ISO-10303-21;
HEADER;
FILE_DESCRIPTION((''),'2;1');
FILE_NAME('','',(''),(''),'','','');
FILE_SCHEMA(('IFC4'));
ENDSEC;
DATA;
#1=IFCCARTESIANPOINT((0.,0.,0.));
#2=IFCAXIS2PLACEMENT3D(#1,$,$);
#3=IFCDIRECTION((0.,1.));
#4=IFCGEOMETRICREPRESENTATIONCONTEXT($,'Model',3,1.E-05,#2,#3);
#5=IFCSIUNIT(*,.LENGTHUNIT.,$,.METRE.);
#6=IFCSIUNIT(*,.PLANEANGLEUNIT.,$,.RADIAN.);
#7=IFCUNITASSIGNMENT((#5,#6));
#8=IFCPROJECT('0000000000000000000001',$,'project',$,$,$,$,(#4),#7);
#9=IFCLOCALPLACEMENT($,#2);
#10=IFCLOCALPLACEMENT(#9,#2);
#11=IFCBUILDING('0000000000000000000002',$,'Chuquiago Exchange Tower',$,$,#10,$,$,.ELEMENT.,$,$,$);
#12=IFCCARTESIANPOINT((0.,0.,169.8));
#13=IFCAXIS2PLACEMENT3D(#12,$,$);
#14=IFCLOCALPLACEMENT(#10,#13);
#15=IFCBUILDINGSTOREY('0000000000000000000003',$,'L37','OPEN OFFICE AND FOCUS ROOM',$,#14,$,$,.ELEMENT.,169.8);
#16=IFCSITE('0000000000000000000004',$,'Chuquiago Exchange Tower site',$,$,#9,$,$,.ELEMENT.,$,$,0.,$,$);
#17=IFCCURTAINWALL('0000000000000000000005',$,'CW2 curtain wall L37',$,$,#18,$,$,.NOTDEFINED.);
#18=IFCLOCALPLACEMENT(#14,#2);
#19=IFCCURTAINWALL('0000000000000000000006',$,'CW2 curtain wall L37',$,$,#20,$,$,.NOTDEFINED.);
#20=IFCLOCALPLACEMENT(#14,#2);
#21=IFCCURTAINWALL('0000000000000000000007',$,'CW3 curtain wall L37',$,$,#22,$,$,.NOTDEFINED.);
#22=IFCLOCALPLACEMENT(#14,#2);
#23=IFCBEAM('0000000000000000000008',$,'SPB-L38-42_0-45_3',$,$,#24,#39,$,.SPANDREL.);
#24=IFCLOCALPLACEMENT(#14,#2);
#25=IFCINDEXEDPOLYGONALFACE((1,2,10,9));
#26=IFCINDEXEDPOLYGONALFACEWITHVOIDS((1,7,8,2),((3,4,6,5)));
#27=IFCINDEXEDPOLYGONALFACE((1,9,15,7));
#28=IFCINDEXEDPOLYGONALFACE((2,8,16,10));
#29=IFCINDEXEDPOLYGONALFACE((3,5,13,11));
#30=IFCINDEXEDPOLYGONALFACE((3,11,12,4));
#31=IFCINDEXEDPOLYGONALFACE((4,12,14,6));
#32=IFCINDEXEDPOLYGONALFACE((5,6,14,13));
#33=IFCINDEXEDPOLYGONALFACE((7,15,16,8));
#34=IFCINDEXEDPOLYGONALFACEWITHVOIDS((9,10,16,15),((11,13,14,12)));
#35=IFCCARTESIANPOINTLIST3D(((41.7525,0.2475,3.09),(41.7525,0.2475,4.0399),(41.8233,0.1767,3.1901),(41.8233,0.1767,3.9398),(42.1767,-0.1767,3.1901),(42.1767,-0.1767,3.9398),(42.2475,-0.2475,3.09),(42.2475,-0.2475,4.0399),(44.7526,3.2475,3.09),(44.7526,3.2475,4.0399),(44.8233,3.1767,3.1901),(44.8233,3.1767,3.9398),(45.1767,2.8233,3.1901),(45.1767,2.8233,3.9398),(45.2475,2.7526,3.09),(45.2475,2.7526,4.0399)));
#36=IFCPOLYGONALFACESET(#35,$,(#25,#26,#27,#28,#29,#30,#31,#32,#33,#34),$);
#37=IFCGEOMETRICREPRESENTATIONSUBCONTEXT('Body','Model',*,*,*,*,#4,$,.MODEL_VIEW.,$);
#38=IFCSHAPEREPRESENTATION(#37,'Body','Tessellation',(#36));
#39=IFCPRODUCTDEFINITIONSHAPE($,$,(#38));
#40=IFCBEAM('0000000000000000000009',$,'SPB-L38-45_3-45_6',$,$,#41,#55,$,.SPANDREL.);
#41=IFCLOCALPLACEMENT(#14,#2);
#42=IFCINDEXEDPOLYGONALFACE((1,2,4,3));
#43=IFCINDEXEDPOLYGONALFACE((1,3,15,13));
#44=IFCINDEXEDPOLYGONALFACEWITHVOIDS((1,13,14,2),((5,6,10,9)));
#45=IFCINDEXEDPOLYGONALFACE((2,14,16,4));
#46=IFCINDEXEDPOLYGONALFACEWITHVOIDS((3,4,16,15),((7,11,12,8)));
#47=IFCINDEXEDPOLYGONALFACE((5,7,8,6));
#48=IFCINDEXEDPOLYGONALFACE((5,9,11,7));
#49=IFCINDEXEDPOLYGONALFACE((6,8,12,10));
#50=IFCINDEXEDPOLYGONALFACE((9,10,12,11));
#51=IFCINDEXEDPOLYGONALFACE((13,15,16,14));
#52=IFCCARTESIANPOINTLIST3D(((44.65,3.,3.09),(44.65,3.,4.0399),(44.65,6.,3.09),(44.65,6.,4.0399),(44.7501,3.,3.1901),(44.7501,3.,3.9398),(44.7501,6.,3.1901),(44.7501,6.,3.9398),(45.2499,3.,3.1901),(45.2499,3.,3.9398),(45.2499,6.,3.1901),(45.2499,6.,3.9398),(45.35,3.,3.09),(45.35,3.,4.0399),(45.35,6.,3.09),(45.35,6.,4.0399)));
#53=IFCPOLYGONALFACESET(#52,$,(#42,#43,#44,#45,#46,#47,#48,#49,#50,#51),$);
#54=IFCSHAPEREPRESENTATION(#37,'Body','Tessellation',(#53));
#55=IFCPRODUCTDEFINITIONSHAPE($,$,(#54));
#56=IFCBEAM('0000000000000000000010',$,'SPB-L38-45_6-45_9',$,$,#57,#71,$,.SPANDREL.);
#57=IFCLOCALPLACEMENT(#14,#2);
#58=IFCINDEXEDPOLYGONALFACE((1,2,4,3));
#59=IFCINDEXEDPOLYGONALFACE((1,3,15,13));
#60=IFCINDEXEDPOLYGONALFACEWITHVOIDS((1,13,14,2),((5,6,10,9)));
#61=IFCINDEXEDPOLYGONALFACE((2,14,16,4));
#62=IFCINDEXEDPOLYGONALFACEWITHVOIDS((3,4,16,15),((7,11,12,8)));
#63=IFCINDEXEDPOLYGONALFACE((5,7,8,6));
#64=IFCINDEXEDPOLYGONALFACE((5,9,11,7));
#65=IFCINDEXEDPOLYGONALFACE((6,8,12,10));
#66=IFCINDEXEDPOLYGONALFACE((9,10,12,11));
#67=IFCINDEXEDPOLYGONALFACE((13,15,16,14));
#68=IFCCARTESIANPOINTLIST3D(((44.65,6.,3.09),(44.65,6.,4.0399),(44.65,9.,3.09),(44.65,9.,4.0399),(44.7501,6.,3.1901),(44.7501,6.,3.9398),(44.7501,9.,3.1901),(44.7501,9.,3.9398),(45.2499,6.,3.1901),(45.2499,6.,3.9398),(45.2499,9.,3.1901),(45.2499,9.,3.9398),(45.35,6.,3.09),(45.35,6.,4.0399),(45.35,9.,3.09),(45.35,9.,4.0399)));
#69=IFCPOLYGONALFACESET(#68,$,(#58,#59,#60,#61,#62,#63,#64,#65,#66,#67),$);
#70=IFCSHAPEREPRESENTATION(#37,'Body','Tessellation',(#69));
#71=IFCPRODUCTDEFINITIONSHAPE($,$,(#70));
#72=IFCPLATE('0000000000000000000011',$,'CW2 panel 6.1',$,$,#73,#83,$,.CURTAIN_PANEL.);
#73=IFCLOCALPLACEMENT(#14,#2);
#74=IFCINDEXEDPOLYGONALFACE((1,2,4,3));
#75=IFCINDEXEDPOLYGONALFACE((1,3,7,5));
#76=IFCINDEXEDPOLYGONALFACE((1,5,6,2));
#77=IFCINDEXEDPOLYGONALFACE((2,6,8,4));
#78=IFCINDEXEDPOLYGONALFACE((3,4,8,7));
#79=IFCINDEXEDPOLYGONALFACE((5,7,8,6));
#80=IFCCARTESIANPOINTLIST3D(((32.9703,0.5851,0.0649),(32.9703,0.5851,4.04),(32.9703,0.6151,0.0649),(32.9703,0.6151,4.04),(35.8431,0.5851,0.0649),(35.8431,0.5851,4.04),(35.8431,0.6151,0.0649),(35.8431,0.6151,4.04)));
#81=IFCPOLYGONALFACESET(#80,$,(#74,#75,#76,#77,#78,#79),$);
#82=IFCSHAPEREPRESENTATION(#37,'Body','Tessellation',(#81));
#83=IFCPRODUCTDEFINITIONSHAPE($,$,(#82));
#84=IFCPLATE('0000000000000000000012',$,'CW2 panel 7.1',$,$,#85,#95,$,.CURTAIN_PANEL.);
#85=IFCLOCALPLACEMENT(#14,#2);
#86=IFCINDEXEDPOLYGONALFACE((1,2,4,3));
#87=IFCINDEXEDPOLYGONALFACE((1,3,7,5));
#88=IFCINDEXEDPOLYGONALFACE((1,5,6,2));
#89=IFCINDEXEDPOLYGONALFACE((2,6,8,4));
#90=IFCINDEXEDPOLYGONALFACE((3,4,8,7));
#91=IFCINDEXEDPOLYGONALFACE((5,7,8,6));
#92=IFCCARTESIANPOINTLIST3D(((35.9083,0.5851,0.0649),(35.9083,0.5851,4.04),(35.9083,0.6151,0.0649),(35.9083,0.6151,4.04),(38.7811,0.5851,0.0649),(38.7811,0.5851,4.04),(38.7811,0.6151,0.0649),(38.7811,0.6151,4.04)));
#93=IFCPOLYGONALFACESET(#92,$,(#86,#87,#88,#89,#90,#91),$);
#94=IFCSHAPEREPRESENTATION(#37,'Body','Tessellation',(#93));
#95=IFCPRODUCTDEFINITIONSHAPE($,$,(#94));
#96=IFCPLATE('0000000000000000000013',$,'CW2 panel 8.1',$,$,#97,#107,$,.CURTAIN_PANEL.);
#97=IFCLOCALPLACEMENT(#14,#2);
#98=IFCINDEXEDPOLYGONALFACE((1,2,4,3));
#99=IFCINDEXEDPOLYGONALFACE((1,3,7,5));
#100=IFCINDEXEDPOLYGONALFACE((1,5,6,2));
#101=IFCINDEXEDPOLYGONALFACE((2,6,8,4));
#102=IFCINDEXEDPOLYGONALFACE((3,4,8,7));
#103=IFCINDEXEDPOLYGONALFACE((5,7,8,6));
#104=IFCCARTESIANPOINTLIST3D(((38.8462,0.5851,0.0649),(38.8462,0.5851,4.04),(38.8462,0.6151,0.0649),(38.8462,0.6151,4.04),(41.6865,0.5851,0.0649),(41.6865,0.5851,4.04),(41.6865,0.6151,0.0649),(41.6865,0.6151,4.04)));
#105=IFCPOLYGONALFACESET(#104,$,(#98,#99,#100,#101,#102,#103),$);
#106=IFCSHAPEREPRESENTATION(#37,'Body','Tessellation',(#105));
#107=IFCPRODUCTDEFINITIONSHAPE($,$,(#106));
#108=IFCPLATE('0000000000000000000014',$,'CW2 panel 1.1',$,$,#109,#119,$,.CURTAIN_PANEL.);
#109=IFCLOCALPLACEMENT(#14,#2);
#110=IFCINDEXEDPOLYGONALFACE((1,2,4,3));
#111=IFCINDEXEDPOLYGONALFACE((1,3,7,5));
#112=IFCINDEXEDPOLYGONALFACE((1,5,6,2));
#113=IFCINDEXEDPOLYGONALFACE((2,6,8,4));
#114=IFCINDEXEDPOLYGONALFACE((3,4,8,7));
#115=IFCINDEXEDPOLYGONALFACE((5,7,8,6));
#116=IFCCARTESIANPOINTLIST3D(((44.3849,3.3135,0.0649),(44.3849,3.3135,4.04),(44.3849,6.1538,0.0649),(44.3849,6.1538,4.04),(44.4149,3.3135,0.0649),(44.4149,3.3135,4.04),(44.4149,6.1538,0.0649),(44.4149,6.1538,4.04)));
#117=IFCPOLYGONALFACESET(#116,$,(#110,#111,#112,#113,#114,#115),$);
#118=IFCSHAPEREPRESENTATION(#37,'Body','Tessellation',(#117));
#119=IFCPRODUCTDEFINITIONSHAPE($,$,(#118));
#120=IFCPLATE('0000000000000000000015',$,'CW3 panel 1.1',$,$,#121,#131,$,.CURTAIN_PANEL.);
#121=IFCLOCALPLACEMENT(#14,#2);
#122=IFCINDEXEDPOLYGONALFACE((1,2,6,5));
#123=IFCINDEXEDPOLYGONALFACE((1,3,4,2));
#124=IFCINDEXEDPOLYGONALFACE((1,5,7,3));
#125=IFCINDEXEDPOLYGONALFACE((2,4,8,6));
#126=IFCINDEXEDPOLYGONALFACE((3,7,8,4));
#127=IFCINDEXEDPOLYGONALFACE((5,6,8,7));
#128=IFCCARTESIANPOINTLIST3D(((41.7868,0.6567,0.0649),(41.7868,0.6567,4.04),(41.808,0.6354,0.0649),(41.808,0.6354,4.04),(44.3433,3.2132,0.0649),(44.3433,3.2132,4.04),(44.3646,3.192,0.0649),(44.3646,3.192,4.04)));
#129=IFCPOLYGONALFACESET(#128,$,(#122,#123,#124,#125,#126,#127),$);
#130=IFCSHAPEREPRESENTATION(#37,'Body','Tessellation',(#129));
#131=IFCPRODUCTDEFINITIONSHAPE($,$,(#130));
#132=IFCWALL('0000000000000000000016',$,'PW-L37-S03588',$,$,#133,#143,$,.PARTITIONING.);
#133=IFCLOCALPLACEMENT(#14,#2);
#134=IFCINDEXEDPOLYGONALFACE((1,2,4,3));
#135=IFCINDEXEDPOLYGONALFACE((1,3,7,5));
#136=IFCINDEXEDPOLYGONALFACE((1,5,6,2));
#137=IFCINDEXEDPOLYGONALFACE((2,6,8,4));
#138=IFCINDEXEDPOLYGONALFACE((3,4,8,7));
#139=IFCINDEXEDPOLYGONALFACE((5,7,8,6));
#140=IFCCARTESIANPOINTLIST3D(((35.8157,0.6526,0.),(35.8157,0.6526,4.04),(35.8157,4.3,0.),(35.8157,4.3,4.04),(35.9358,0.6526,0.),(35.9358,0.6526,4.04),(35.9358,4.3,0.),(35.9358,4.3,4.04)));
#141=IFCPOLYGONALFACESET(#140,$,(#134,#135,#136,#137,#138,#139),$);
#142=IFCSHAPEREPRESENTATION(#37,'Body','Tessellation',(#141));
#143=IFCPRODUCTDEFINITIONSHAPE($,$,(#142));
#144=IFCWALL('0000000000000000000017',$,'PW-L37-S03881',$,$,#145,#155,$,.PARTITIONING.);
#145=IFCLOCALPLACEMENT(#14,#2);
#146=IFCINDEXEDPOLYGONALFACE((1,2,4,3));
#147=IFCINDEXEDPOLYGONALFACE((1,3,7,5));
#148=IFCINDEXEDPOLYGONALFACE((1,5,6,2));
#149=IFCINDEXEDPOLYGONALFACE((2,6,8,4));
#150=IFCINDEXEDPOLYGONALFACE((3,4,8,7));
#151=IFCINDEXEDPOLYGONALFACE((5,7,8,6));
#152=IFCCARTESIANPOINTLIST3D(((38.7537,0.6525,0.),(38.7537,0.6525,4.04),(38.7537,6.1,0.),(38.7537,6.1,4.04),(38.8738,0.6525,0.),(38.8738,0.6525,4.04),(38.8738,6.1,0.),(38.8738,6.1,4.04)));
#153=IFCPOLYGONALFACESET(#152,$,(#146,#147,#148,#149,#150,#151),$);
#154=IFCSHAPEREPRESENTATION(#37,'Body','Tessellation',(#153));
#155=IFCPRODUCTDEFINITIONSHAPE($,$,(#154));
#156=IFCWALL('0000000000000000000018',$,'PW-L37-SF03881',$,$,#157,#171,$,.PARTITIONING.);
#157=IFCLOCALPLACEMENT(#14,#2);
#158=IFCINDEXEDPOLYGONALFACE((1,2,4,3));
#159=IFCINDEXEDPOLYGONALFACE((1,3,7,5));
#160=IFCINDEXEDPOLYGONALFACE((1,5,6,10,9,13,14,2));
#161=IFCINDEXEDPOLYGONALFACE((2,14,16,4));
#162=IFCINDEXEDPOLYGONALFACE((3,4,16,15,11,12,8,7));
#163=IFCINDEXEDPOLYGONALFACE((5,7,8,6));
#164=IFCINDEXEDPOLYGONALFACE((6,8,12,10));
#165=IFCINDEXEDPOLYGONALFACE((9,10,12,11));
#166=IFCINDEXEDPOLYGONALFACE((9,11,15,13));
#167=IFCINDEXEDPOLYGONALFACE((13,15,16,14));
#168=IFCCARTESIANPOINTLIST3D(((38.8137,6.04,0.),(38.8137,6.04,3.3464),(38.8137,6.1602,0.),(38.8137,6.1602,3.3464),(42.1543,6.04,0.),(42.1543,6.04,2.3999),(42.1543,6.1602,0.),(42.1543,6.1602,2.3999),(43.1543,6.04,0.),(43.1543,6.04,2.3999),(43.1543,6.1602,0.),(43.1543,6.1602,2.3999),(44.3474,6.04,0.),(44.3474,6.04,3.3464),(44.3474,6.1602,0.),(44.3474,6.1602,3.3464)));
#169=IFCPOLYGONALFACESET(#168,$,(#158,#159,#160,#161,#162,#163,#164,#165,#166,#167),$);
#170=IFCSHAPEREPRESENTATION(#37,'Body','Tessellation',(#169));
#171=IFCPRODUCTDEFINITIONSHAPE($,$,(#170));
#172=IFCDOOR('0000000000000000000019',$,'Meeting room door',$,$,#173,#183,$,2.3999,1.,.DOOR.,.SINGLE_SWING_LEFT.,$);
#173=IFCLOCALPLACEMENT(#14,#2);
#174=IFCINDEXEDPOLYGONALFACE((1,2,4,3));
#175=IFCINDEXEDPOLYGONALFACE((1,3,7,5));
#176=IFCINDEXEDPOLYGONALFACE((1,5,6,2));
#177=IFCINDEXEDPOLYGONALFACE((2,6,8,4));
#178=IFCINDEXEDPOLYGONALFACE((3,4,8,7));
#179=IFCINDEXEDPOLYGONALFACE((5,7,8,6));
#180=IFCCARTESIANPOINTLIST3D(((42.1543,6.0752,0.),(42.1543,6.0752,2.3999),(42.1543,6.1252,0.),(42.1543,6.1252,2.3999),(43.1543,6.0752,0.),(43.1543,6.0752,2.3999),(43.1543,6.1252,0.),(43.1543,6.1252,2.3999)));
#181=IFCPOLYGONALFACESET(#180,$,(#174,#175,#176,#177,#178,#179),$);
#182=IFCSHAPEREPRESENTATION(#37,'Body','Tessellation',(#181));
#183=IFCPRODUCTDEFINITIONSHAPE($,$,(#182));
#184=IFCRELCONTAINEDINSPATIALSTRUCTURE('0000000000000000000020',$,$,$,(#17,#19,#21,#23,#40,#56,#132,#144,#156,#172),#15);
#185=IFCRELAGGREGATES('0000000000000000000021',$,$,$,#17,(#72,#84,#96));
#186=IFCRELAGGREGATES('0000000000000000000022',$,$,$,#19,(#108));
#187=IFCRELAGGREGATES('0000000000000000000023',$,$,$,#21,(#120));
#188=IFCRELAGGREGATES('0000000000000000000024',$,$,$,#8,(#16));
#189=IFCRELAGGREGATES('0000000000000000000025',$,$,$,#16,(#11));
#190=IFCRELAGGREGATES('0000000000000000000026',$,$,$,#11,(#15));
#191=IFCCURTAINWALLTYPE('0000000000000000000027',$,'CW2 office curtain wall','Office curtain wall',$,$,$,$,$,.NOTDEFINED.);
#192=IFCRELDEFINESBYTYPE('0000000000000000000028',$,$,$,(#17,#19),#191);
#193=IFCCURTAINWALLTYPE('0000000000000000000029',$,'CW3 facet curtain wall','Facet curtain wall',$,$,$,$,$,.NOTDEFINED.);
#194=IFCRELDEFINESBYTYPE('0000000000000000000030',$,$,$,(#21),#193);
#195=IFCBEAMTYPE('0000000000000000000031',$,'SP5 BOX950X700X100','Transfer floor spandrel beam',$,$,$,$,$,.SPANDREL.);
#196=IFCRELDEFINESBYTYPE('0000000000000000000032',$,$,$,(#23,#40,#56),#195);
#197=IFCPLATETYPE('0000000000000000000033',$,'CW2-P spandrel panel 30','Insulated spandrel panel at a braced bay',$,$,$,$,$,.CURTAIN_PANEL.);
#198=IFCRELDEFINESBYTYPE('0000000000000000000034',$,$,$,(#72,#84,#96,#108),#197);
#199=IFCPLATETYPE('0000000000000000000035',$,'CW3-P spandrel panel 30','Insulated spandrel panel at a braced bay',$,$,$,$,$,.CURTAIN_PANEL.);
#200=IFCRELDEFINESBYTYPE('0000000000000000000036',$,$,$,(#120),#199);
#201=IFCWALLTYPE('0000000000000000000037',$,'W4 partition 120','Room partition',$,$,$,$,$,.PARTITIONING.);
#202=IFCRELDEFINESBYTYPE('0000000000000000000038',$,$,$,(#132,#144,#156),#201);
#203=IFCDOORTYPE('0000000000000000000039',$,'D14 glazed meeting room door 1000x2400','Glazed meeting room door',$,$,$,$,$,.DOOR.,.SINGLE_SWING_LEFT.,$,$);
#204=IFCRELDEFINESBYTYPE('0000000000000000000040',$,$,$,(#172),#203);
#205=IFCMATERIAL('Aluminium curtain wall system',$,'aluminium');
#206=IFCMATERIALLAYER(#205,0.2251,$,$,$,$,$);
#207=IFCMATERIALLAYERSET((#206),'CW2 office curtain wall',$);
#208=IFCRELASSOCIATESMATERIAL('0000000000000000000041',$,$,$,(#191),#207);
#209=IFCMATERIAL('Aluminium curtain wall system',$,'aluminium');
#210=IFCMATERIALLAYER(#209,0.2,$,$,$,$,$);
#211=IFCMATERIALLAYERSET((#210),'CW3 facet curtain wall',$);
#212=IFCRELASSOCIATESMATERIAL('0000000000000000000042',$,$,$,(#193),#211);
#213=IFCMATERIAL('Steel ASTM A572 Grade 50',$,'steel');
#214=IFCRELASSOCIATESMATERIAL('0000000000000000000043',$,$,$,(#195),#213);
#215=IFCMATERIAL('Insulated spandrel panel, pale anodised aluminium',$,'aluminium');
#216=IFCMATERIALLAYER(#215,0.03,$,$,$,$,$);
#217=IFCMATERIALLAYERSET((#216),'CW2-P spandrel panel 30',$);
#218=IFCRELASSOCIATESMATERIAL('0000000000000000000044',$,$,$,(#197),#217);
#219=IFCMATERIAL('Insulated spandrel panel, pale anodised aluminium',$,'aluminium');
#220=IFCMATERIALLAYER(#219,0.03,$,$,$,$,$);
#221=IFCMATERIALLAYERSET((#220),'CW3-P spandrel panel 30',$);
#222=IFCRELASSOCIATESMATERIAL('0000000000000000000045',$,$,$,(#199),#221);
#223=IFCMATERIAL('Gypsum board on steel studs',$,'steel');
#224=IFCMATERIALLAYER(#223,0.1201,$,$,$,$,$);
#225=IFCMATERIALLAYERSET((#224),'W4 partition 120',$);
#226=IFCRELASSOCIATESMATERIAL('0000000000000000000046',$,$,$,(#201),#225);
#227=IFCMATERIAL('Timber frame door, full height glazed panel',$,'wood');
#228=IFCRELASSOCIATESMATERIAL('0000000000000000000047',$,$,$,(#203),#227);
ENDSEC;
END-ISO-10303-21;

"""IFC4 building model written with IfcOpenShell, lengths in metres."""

from ifc_helpers import new_model, si_unit, direction, frame, frame_2d, origin, origin_2d, place, context, subcontext, project, spatial, rectangle, hollow_rectangle, extrude, material, layer, layer_set, material_profile, profile_set, type_object, element, fill, aggregate, save


model = new_model("IFC4")

# Units and contexts
model_context = context("Model", 3, precision=1e-05, world=origin(), true_north=direction((0.0, 1.0)))
body_context = subcontext(model_context, "Body", "Model", "MODEL_VIEW")
ifc_project = project(units=[si_unit("LENGTHUNIT", "METRE"), si_unit("PLANEANGLEUNIT", "RADIAN")], contexts=[model_context])

# Site, building, storey
site_placement = place(None, origin())
site = spatial("IfcSite", under=ifc_project, at=site_placement, Name="Chuquiago Exchange Tower site", CompositionType="ELEMENT", RefElevation=0.0)
building_placement = place(site_placement, origin())
building = spatial("IfcBuilding", under=site, at=building_placement, Name="Chuquiago Exchange Tower", CompositionType="ELEMENT")
storey_placement = place(building_placement, frame((0.0, 0.0, 169.8)))
storey = spatial("IfcBuildingStorey", under=building, at=storey_placement, Name="L37", Description="OPEN OFFICE AND FOCUS ROOM", CompositionType="ELEMENT", Elevation=169.8)

# Curtain walls
ifc_material_1 = material(Name="Aluminium curtain wall system", Category="aluminium")
ifc_layer_1 = layer(ifc_material_1, 0.2251)
ifc_layer_set_1 = layer_set([ifc_layer_1], Name="CW2 office curtain wall")
curtain_wall_type_1 = type_object("IfcCurtainWallType", Name="CW2 office curtain wall", Description="Office curtain wall", PredefinedType="NOTDEFINED", material=ifc_layer_set_1)
curtain_wall_1_placement = place(storey_placement, origin())
curtain_wall_1 = element("IfcCurtainWall", 1, at=curtain_wall_1_placement, inside=storey, type_object=curtain_wall_type_1, Name="CW2 curtain wall L37", PredefinedType="NOTDEFINED")
curtain_wall_2_placement = place(storey_placement, origin())
curtain_wall_2 = element("IfcCurtainWall", 2, at=curtain_wall_2_placement, inside=storey, type_object=curtain_wall_type_1, Name="CW2 curtain wall L37", PredefinedType="NOTDEFINED")

# Curtain wall
ifc_material_2 = material(Name="Aluminium curtain wall system", Category="aluminium")
ifc_layer_2 = layer(ifc_material_2, 0.2)
ifc_layer_set_2 = layer_set([ifc_layer_2], Name="CW3 facet curtain wall")
curtain_wall_type_2 = type_object("IfcCurtainWallType", Name="CW3 facet curtain wall", Description="Facet curtain wall", PredefinedType="NOTDEFINED", material=ifc_layer_set_2)
curtain_wall_3_placement = place(storey_placement, origin())
curtain_wall_3 = element("IfcCurtainWall", 3, at=curtain_wall_3_placement, inside=storey, type_object=curtain_wall_type_2, Name="CW3 curtain wall L37", PredefinedType="NOTDEFINED")

# Beams
ifc_material_3 = material(Name="Steel ASTM A572 Grade 50", Category="steel")
ifc_material_profile_1 = material_profile(ifc_material_3, hollow_rectangle(XDim=0.7, YDim=0.95, WallThickness=0.1001, at=origin_2d()), Name="BOX950X700X100")
ifc_profile_set_1 = profile_set([ifc_material_profile_1], Name="Steel ASTM A572 Grade 50")
beam_type_1 = type_object("IfcBeamType", Name="SP5 BOX950X700X100", Description="Transfer floor spandrel beam", PredefinedType="SPANDREL", material=ifc_profile_set_1)
beam_1_placement = place(storey_placement, frame((42.0, 0.0, 3.5649), z_axis=(0.707107, 0.707107, 0.0), x_axis=(-0.707107, 0.707107, 0.0)))
element("IfcBeam", 4, at=beam_1_placement, inside=storey, type_object=beam_type_1, Name="SPB-L38-42_0-45_3", PredefinedType="SPANDREL", context=body_context, shape_type="SweptSolid", body=[
    extrude(hollow_rectangle(XDim=0.7, YDim=0.95, WallThickness=0.1001, at=origin_2d()), origin(), (0.0, 0.0, 1.0), 4.2427),
])
for number, where, z_axis, x_axis, name in (
    (5, (45.0, 3.0, 3.5649), (0.0, 1.0, 0.0), (-1.0, 0.0, 0.0), "SPB-L38-45_3-45_6"),
    (6, (45.0, 6.0, 3.5649), (0.0, 1.0, 0.0), (-1.0, 0.0, 0.0), "SPB-L38-45_6-45_9"),
):
    element("IfcBeam", number, at=place(storey_placement, frame(where, z_axis=z_axis, x_axis=x_axis)), inside=storey, type_object=beam_type_1, Name=name, PredefinedType="SPANDREL", context=body_context, shape_type="SweptSolid", body=[
        extrude(hollow_rectangle(XDim=0.7, YDim=0.95, WallThickness=0.1001, at=origin_2d()), origin(), (0.0, 0.0, 1.0), 3.0),
    ])

# Plates
ifc_material_4 = material(Name="Insulated spandrel panel, pale anodised aluminium", Category="aluminium")
ifc_layer_3 = layer(ifc_material_4, 0.03)
ifc_layer_set_3 = layer_set([ifc_layer_3], Name="CW2-P spandrel panel 30")
plate_type_1 = type_object("IfcPlateType", Name="CW2-P spandrel panel 30", Description="Insulated spandrel panel at a braced bay", PredefinedType="CURTAIN_PANEL", material=ifc_layer_set_3)
plate_1_placement = place(storey_placement, frame((34.4067, 0.6001, 0.0649), z_axis=(0.0, 0.0, 1.0), x_axis=(1.0, 0.0, 0.0)))
plate_1 = element("IfcPlate", 7, at=plate_1_placement, type_object=plate_type_1, Name="CW2 panel 6.1", PredefinedType="CURTAIN_PANEL", context=body_context, shape_type="SweptSolid", body=[
    extrude(rectangle(XDim=2.8728, YDim=0.03, at=origin_2d()), origin(), (0.0, 0.0, 1.0), 3.9751),
])
plate_2_placement = place(storey_placement, frame((37.3447, 0.6001, 0.0649), z_axis=(0.0, 0.0, 1.0), x_axis=(1.0, 0.0, 0.0)))
plate_2 = element("IfcPlate", 8, at=plate_2_placement, type_object=plate_type_1, Name="CW2 panel 7.1", PredefinedType="CURTAIN_PANEL", context=body_context, shape_type="SweptSolid", body=[
    extrude(rectangle(XDim=2.8728, YDim=0.03, at=origin_2d()), origin(), (0.0, 0.0, 1.0), 3.9751),
])
plate_3_placement = place(storey_placement, frame((40.2664, 0.6001, 0.0649), z_axis=(0.0, 0.0, 1.0), x_axis=(1.0, 0.0, 0.0)))
plate_3 = element("IfcPlate", 9, at=plate_3_placement, type_object=plate_type_1, Name="CW2 panel 8.1", PredefinedType="CURTAIN_PANEL", context=body_context, shape_type="SweptSolid", body=[
    extrude(rectangle(XDim=2.8403, YDim=0.03, at=origin_2d()), origin(), (0.0, 0.0, 1.0), 3.9751),
])
aggregate(curtain_wall_1, [plate_1, plate_2, plate_3])
plate_4_placement = place(storey_placement, frame((44.3999, 4.7336, 0.0649), z_axis=(0.0, 0.0, 1.0), x_axis=(0.0, 1.0, 0.0)))
plate_4 = element("IfcPlate", 10, at=plate_4_placement, type_object=plate_type_1, Name="CW2 panel 1.1", PredefinedType="CURTAIN_PANEL", context=body_context, shape_type="SweptSolid", body=[
    extrude(rectangle(XDim=2.8403, YDim=0.03, at=origin_2d()), origin(), (0.0, 0.0, 1.0), 3.9751),
])
aggregate(curtain_wall_2, [plate_4])
ifc_material_5 = material(Name="Insulated spandrel panel, pale anodised aluminium", Category="aluminium")
ifc_layer_4 = layer(ifc_material_5, 0.03)
ifc_layer_set_4 = layer_set([ifc_layer_4], Name="CW3-P spandrel panel 30")
plate_type_2 = type_object("IfcPlateType", Name="CW3-P spandrel panel 30", Description="Insulated spandrel panel at a braced bay", PredefinedType="CURTAIN_PANEL", material=ifc_layer_set_4)
plate_5_placement = place(storey_placement, frame((43.0757, 1.9243, 0.0649), z_axis=(0.0, 0.0, 1.0), x_axis=(0.707107, 0.707107, 0.0)))
plate_5 = element("IfcPlate", 11, at=plate_5_placement, type_object=plate_type_2, Name="CW3 panel 1.1", PredefinedType="CURTAIN_PANEL", context=body_context, shape_type="SweptSolid", body=[
    extrude(rectangle(XDim=3.6155, YDim=0.03, at=origin_2d()), origin(), (0.0, 0.0, 1.0), 3.9751),
])
aggregate(curtain_wall_3, [plate_5])

# Walls
ifc_material_6 = material(Name="Gypsum board on steel studs", Category="steel")
ifc_layer_5 = layer(ifc_material_6, 0.1201)
ifc_layer_set_5 = layer_set([ifc_layer_5], Name="W4 partition 120")
wall_type = type_object("IfcWallType", Name="W4 partition 120", Description="Room partition", PredefinedType="PARTITIONING", material=ifc_layer_set_5)
wall_1_placement = place(storey_placement, frame((35.8757, 0.6526, 0.0), z_axis=(0.0, 0.0, 1.0), x_axis=(0.0, 1.0, 0.0)))
element("IfcWall", 12, at=wall_1_placement, inside=storey, type_object=wall_type, Name="PW-L37-S03588", PredefinedType="PARTITIONING", context=body_context, shape_type="SweptSolid", body=[
    extrude(rectangle(XDim=3.6475, YDim=0.1201, at=frame_2d((1.8237, 0.0))), origin(), (0.0, 0.0, 1.0), 4.04),
])
wall_2_placement = place(storey_placement, frame((38.8137, 0.6526, 0.0), z_axis=(0.0, 0.0, 1.0), x_axis=(0.0, 1.0, 0.0)))
element("IfcWall", 13, at=wall_2_placement, inside=storey, type_object=wall_type, Name="PW-L37-S03881", PredefinedType="PARTITIONING", context=body_context, shape_type="SweptSolid", body=[
    extrude(rectangle(XDim=5.4475, YDim=0.1201, at=frame_2d((2.7236, 0.0))), origin(), (0.0, 0.0, 1.0), 4.04),
])

# Wall, opening, door
wall_3_placement = place(storey_placement, frame((38.8137, 6.1001, 0.0), z_axis=(0.0, 0.0, 1.0), x_axis=(1.0, 0.0, 0.0)))
wall_3 = element("IfcWall", 14, at=wall_3_placement, inside=storey, type_object=wall_type, Name="PW-L37-SF03881", PredefinedType="PARTITIONING", context=body_context, shape_type="SweptSolid", body=[
    extrude(rectangle(XDim=5.5337, YDim=0.1201, at=frame_2d((2.7668, 0.0))), origin(), (0.0, 0.0, 1.0), 3.3464),
])
opening_placement = place(wall_3_placement, frame((3.3406, 0.0, 0.0)))
opening = element("IfcOpeningElement", 15, at=opening_placement, cuts=wall_3, PredefinedType="OPENING", context=body_context, shape_type="SweptSolid", body=[
    extrude(rectangle(XDim=1.0, YDim=2.3999, at=frame_2d((0.5, 1.2))), frame((0.0, 0.0701, 0.0), z_axis=(0.0, -1.0, 0.0), x_axis=(1.0, 0.0, 0.0)), (0.0, 0.0, 1.0), 0.1401),
])
ifc_material_7 = material(Name="Timber frame door, full height glazed panel", Category="wood")
door_type = type_object("IfcDoorType", Name="D14 glazed meeting room door 1000x2400", Description="Glazed meeting room door", OperationType="SINGLE_SWING_LEFT", PredefinedType="DOOR", material=ifc_material_7)
door_placement = place(opening_placement, frame((1.0, 0.0, 0.0), z_axis=(0.0, 0.0, 1.0), x_axis=(-1.0, 0.0, 0.0)))
door = element("IfcDoor", 16, at=door_placement, inside=storey, type_object=door_type, Name="Meeting room door", OperationType="SINGLE_SWING_LEFT", OverallHeight=2.3999, OverallWidth=1.0, PredefinedType="DOOR", context=body_context, shape_type="SweptSolid", body=[
    extrude(rectangle(XDim=1.0, YDim=2.3999, at=frame_2d((0.5, 1.2))), frame((0.0, 0.0249, 0.0), z_axis=(0.0, -1.0, 0.0), x_axis=(1.0, 0.0, 0.0)), (0.0, 0.0, 1.0), 0.05),
])
fill(opening, door)

save(model, "model.ifc")
